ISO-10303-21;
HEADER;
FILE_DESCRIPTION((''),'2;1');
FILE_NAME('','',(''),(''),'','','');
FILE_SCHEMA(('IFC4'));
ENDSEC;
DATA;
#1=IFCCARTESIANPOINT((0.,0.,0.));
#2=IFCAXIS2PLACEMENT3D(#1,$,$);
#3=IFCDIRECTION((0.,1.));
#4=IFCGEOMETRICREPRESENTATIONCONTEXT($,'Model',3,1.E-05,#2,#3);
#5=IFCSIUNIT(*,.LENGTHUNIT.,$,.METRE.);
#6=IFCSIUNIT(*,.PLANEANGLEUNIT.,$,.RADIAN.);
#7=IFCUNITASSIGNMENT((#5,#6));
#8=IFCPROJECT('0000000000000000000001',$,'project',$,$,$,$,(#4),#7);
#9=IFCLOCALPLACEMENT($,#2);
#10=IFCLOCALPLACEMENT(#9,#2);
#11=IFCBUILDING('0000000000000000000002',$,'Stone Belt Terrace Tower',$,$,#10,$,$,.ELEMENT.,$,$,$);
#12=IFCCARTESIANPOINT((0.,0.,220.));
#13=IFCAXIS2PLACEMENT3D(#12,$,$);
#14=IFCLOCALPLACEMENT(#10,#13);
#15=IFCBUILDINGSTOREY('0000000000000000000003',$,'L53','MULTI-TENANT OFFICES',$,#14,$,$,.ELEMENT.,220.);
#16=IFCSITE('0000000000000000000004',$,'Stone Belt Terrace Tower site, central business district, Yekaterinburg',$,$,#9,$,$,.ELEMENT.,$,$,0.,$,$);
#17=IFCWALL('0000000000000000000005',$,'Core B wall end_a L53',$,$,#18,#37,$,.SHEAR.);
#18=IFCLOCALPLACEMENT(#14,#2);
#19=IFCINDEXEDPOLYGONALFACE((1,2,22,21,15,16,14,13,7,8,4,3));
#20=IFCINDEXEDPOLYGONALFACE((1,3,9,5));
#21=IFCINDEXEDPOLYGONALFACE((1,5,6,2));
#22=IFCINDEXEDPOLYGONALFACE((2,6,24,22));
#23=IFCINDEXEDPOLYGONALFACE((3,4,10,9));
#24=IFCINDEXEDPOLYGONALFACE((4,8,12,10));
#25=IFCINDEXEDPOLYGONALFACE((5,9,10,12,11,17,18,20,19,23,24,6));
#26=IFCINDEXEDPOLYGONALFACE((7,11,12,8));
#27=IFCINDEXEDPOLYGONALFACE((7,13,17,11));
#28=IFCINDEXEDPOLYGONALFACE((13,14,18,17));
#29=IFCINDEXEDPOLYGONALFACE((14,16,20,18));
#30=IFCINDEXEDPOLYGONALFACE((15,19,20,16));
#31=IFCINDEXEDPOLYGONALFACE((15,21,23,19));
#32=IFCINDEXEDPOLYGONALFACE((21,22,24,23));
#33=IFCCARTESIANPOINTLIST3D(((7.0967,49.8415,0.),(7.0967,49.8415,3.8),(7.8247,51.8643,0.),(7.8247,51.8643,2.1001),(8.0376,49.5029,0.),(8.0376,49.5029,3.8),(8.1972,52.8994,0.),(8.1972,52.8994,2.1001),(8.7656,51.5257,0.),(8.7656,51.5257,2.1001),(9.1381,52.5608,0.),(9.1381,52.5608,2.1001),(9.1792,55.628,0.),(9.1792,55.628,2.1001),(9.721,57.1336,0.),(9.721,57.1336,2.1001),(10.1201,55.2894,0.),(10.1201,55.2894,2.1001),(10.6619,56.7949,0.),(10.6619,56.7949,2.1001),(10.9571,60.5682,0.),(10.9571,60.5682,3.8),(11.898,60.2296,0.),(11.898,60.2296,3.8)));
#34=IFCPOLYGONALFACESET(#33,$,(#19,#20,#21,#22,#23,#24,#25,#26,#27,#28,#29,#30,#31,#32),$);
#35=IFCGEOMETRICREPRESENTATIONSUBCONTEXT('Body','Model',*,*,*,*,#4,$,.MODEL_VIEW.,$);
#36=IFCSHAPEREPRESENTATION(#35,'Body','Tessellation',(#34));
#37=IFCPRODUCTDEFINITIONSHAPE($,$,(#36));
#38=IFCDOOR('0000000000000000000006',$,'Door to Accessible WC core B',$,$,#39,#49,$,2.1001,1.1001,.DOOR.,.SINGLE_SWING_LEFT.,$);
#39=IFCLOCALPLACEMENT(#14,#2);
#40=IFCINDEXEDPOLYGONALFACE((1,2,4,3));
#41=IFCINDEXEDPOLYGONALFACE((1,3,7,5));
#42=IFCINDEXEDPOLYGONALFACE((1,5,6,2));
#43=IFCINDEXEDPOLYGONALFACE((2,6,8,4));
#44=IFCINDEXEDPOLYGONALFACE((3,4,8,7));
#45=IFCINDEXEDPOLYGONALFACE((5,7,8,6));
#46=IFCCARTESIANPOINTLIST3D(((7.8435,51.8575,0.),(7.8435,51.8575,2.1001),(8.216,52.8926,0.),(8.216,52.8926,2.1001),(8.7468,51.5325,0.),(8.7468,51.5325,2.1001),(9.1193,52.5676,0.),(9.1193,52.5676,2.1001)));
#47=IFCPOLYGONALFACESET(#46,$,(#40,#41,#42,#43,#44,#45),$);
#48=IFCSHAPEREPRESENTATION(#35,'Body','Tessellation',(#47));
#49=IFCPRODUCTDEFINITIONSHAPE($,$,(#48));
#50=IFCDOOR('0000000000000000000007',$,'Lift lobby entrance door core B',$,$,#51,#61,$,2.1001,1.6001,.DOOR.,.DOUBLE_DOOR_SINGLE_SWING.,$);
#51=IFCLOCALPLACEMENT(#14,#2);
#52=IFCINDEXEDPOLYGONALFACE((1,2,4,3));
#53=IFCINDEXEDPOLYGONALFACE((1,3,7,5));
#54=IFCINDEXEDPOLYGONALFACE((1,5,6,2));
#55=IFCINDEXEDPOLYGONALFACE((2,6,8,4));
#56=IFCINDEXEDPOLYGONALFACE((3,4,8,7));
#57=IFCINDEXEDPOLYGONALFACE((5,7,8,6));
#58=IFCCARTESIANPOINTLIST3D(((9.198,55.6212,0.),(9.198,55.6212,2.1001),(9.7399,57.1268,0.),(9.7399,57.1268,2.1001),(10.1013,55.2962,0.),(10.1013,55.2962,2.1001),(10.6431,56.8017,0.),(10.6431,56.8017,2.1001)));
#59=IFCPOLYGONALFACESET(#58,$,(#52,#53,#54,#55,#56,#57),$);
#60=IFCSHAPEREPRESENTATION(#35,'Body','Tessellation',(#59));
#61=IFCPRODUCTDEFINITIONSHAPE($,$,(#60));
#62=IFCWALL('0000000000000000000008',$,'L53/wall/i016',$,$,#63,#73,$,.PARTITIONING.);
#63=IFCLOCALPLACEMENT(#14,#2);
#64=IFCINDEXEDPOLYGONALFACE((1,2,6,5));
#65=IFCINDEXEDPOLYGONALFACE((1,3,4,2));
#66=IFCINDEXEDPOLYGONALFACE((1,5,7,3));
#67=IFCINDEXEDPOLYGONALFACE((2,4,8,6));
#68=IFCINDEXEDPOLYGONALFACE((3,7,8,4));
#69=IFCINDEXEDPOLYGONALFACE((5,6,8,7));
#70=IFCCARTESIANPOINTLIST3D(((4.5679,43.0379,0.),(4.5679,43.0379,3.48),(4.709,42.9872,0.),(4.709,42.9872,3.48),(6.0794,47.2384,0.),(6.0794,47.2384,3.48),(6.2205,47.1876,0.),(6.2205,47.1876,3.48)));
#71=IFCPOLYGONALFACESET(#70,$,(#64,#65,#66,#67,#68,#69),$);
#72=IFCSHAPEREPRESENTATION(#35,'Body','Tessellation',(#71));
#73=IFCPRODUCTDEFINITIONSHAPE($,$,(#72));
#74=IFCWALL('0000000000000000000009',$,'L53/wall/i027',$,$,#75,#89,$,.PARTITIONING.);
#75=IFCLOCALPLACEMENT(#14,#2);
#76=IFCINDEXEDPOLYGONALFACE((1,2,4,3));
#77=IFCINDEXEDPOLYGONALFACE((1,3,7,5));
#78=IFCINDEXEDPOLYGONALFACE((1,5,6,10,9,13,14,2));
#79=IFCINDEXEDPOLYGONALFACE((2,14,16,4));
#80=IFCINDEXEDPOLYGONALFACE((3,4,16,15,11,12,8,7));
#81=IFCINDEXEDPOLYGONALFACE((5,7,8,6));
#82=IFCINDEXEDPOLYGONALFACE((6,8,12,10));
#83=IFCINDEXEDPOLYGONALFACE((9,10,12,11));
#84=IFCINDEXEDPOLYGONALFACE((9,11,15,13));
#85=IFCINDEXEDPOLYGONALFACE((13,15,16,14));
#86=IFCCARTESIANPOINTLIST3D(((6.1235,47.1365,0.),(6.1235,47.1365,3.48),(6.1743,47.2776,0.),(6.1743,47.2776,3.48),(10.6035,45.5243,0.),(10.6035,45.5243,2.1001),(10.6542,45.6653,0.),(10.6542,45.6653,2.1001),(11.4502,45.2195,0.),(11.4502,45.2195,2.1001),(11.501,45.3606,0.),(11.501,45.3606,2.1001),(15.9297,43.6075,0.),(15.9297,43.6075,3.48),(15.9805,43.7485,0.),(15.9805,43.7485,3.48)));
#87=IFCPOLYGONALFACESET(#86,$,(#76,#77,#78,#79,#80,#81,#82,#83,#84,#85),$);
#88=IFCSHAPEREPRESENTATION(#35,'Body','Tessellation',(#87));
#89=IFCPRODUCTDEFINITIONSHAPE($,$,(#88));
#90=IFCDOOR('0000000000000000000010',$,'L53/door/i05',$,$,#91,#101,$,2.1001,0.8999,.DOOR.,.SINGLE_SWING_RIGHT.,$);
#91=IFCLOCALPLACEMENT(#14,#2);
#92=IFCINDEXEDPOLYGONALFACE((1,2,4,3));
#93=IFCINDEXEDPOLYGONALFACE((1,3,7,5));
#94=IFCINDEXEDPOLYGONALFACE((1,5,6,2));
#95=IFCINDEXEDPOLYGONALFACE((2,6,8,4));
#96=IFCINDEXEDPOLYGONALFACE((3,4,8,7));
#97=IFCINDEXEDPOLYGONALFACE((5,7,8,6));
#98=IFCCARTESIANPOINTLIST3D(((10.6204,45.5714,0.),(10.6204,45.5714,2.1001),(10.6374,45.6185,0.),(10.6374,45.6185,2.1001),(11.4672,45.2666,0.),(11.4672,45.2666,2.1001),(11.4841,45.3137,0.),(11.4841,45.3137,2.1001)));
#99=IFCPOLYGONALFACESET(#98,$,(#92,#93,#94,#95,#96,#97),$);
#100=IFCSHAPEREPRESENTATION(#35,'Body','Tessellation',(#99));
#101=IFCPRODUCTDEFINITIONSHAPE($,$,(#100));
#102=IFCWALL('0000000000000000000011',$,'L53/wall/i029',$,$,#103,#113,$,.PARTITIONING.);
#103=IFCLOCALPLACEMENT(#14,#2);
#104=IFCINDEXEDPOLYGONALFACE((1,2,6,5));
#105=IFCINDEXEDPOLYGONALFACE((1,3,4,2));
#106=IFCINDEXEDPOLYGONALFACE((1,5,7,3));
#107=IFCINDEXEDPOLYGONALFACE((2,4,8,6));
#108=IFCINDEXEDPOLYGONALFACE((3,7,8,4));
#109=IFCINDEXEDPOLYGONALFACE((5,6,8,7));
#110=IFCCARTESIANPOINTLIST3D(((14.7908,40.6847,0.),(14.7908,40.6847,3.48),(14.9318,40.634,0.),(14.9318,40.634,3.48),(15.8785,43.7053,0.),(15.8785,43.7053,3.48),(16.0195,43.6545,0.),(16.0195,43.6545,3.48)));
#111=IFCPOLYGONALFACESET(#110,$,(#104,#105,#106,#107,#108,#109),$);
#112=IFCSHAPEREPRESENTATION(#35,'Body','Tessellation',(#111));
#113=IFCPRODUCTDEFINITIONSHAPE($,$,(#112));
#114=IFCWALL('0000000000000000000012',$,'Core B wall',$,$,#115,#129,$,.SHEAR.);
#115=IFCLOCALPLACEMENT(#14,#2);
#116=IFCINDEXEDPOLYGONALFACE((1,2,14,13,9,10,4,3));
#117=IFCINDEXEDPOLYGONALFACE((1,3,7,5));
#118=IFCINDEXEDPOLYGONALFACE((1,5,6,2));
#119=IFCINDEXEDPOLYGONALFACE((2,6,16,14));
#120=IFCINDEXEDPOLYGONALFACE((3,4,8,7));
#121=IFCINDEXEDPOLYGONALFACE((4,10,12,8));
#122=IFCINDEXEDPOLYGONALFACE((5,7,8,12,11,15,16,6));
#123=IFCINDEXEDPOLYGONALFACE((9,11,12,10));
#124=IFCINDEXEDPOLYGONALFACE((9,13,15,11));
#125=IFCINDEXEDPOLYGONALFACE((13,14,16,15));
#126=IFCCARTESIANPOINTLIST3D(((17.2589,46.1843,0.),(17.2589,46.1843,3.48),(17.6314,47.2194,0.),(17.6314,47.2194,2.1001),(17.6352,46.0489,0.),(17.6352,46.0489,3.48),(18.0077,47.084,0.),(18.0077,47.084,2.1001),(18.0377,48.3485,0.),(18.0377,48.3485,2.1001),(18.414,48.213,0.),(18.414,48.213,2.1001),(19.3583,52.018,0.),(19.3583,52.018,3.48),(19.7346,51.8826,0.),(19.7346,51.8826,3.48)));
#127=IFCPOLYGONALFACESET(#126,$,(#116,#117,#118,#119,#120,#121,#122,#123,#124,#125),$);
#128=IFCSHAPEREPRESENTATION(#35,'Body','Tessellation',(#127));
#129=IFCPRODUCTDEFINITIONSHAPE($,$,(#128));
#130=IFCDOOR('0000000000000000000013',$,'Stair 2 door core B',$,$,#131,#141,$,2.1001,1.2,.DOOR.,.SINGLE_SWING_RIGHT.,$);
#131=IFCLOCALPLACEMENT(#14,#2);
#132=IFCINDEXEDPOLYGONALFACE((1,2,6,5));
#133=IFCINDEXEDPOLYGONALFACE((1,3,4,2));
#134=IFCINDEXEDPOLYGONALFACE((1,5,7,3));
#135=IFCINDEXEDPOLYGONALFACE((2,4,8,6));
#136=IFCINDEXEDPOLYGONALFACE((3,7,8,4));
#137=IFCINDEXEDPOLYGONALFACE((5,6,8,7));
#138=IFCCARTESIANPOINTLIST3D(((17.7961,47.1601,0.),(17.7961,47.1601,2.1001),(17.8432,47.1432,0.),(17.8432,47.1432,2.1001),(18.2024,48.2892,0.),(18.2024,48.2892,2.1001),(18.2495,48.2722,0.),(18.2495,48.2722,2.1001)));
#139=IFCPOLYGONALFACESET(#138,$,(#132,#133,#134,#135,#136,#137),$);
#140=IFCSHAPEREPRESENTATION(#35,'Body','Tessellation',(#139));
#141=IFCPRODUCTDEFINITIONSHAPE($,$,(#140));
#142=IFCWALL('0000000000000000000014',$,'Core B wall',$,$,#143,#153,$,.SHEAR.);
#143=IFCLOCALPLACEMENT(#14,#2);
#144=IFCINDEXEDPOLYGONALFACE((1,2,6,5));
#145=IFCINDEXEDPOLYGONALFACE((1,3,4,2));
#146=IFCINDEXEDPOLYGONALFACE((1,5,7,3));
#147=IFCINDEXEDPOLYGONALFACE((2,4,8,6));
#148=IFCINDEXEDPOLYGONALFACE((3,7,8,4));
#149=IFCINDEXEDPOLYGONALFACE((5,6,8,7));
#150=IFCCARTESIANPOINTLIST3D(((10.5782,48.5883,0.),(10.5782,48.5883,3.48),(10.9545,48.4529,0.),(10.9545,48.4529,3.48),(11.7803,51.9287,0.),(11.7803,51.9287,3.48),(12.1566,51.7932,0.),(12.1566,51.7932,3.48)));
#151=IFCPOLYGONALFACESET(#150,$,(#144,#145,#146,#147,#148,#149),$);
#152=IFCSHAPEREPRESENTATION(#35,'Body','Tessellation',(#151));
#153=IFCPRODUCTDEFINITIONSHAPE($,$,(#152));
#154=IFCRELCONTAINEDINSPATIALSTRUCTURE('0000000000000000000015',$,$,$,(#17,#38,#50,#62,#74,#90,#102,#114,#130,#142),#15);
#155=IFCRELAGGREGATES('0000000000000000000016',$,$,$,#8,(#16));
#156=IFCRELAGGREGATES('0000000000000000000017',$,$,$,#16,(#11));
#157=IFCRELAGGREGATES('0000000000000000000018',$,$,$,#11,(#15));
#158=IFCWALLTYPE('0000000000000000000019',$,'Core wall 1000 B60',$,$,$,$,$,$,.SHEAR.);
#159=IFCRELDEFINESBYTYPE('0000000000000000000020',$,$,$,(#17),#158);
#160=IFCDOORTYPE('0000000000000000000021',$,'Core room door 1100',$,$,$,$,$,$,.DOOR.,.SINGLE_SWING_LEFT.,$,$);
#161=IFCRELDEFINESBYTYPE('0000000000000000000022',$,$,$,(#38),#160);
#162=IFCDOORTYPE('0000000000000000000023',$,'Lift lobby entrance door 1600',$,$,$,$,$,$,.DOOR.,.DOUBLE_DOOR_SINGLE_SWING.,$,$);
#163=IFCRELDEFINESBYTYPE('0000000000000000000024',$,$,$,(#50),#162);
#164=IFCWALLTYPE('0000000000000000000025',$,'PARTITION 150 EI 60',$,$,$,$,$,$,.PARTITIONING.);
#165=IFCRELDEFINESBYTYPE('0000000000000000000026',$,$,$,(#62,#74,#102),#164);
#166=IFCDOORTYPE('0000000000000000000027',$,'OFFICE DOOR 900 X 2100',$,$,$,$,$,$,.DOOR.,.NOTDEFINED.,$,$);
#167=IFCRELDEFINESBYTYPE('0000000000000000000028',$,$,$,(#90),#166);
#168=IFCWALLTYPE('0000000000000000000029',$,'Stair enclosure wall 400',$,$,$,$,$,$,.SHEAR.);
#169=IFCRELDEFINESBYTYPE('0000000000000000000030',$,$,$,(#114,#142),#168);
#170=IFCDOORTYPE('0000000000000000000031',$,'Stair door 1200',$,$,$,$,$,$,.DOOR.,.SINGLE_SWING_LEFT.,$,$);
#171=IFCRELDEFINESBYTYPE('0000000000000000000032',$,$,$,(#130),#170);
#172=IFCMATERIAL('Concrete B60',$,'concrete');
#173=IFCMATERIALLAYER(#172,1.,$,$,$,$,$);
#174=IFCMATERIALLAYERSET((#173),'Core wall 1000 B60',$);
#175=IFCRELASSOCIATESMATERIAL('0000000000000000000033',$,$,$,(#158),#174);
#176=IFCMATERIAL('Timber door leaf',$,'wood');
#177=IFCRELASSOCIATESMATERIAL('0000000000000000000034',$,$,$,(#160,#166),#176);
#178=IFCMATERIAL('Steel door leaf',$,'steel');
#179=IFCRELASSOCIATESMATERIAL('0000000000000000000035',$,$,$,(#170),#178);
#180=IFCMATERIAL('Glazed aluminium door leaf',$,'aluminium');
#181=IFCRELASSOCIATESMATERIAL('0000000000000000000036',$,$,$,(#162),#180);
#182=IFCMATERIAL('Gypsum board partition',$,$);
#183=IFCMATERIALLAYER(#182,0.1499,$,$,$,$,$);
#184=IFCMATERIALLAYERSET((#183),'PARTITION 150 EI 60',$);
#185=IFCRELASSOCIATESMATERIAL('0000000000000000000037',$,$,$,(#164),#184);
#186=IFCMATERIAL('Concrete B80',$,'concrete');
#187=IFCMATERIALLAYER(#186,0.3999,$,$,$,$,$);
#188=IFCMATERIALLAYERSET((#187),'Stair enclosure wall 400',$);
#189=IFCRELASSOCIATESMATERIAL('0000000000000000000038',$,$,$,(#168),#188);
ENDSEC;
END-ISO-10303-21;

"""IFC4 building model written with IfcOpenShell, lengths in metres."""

from ifc_helpers import new_model, si_unit, direction, frame, frame_2d, origin, place, context, subcontext, project, spatial, rectangle, extrude, material, layer, layer_set, type_object, element, fill, save


model = new_model("IFC4")

# Units and contexts
model_context = context("Model", 3, precision=1e-05, world=origin(), true_north=direction((0.0, 1.0)))
body_context = subcontext(model_context, "Body", "Model", "MODEL_VIEW")
ifc_project = project(units=[si_unit("LENGTHUNIT", "METRE"), si_unit("PLANEANGLEUNIT", "RADIAN")], contexts=[model_context])

# Site, building, storey
site_placement = place(None, origin())
site = spatial("IfcSite", under=ifc_project, at=site_placement, Name="Stone Belt Terrace Tower site, central business district, Yekaterinburg", CompositionType="ELEMENT", RefElevation=0.0)
building_placement = place(site_placement, origin())
building = spatial("IfcBuilding", under=site, at=building_placement, Name="Stone Belt Terrace Tower", CompositionType="ELEMENT")
storey_placement = place(building_placement, frame((0.0, 0.0, 220.0)))
storey = spatial("IfcBuildingStorey", under=building, at=storey_placement, Name="L53", Description="MULTI-TENANT OFFICES", CompositionType="ELEMENT", Elevation=220.0)

# Shared definitions
ifc_material_1 = material(Name="Concrete B60", Category="concrete")

# Wall, openings, doors
ifc_layer_1 = layer(ifc_material_1, 1.0)
ifc_layer_set_1 = layer_set([ifc_layer_1], Name="Core wall 1000 B60")
wall_type_1 = type_object("IfcWallType", Name="Core wall 1000 B60", PredefinedType="SHEAR", material=ifc_layer_set_1)
ifc_material_2 = material(Name="Timber door leaf", Category="wood")
door_type_1 = type_object("IfcDoorType", Name="Core room door 1100", OperationType="SINGLE_SWING_LEFT", PredefinedType="DOOR", material=ifc_material_2)
ifc_material_3 = material(Name="Steel door leaf", Category="steel")
door_type_2 = type_object("IfcDoorType", Name="Stair door 1200", OperationType="SINGLE_SWING_LEFT", PredefinedType="DOOR", material=ifc_material_3)
wall_1_placement = place(storey_placement, frame((7.5671, 49.6721, 0.0), z_axis=(0.0, 0.0, 1.0), x_axis=(0.338625, 0.940921, 0.0)))
wall_1 = element("IfcWall", 1, at=wall_1_placement, inside=storey, type_object=wall_type_1, Name="Core B wall end_a L53", PredefinedType="SHEAR", context=body_context, shape_type="SweptSolid", body=[
    extrude(rectangle(XDim=11.4001, YDim=1.0, at=frame_2d((5.7002, 0.0))), origin(), (0.0, 0.0, 1.0), 3.8),
])
opening_1_placement = place(wall_1_placement, frame((6.1499, 0.0, 0.0)))
opening_1 = element("IfcOpeningElement", 2, at=opening_1_placement, cuts=wall_1, PredefinedType="OPENING", context=body_context, shape_type="SweptSolid", body=[
    extrude(rectangle(XDim=1.6001, YDim=2.1001, at=frame_2d((0.8, 1.05))), frame((0.0, 0.51, 0.0), z_axis=(0.0, -1.0, 0.0), x_axis=(1.0, 0.0, 0.0)), (0.0, 0.0, 1.0), 1.02),
])
opening_2_placement = place(wall_1_placement, frame((2.1499, 0.0, 0.0)))
opening_2 = element("IfcOpeningElement", 3, at=opening_2_placement, cuts=wall_1, PredefinedType="OPENING", context=body_context, shape_type="SweptSolid", body=[
    extrude(rectangle(XDim=1.1001, YDim=2.1001, at=frame_2d((0.55, 1.05))), frame((0.0, 0.51, 0.0), z_axis=(0.0, -1.0, 0.0), x_axis=(1.0, 0.0, 0.0)), (0.0, 0.0, 1.0), 1.02),
])
door_1_placement = place(opening_2_placement, origin())
door_1 = element("IfcDoor", 4, at=door_1_placement, inside=storey, type_object=door_type_1, Name="Door to Accessible WC core B", OperationType="SINGLE_SWING_LEFT", OverallHeight=2.1001, OverallWidth=1.1001, PredefinedType="DOOR", context=body_context, shape_type="SweptSolid", body=[
    extrude(rectangle(XDim=1.1001, YDim=2.1001, at=frame_2d((0.55, 1.05))), frame((0.0, 0.48, 0.0), z_axis=(0.0, -1.0, 0.0), x_axis=(1.0, 0.0, 0.0)), (0.0, 0.0, 1.0), 0.96),
])
fill(opening_2, door_1)
ifc_material_4 = material(Name="Glazed aluminium door leaf", Category="aluminium")
door_type_3 = type_object("IfcDoorType", Name="Lift lobby entrance door 1600", OperationType="DOUBLE_DOOR_SINGLE_SWING", PredefinedType="DOOR", material=ifc_material_4)
door_2_placement = place(opening_1_placement, origin())
door_2 = element("IfcDoor", 5, at=door_2_placement, inside=storey, type_object=door_type_3, Name="Lift lobby entrance door core B", OperationType="DOUBLE_DOOR_SINGLE_SWING", OverallHeight=2.1001, OverallWidth=1.6001, PredefinedType="DOOR", context=body_context, shape_type="SweptSolid", body=[
    extrude(rectangle(XDim=1.6001, YDim=2.1001, at=frame_2d((0.8, 1.05))), frame((0.0, 0.48, 0.0), z_axis=(0.0, -1.0, 0.0), x_axis=(1.0, 0.0, 0.0)), (0.0, 0.0, 1.0), 0.96),
])
fill(opening_1, door_2)

# Wall
ifc_material_5 = material(Name="Gypsum board partition")
ifc_layer_2 = layer(ifc_material_5, 0.1499)
ifc_layer_set_2 = layer_set([ifc_layer_2], Name="PARTITION 150 EI 60")
wall_type_2 = type_object("IfcWallType", Name="PARTITION 150 EI 60", PredefinedType="PARTITIONING", material=ifc_layer_set_2)
wall_2_placement = place(storey_placement, frame((6.1499, 47.2129, 0.0), z_axis=(0.0, 0.0, 1.0), x_axis=(-0.338584, -0.940936, 0.0)))
element("IfcWall", 6, at=wall_2_placement, inside=storey, type_object=wall_type_2, Name="L53/wall/i016", PredefinedType="PARTITIONING", context=body_context, shape_type="SweptSolid", body=[
    extrude(rectangle(XDim=4.4641, YDim=0.1499, at=frame_2d((2.2319, 0.0))), origin(), (0.0, 0.0, 1.0), 3.48),
])

# Wall, opening, door
wall_3_placement = place(storey_placement, frame((15.9551, 43.678, 0.0), z_axis=(0.0, 0.0, 1.0), x_axis=(-0.940923, 0.338621, 0.0)))
wall_3 = element("IfcWall", 7, at=wall_3_placement, inside=storey, type_object=wall_type_2, Name="L53/wall/i027", PredefinedType="PARTITIONING", context=body_context, shape_type="SweptSolid", body=[
    extrude(rectangle(XDim=10.4219, YDim=0.1499, at=frame_2d((5.2109, 0.0))), origin(), (0.0, 0.0, 1.0), 3.48),
])
opening_3_placement = place(wall_3_placement, frame((4.7607, 0.0, 0.0)))
opening_3 = element("IfcOpeningElement", 8, at=opening_3_placement, cuts=wall_3, PredefinedType="OPENING", context=body_context, shape_type="SweptSolid", body=[
    extrude(rectangle(XDim=0.8999, YDim=2.1001, at=frame_2d((0.45, 1.05))), frame((0.0, 0.085, 0.0), z_axis=(0.0, -1.0, 0.0), x_axis=(1.0, 0.0, 0.0)), (0.0, 0.0, 1.0), 0.1699),
])
door_type_4 = type_object("IfcDoorType", Name="OFFICE DOOR 900 X 2100", OperationType="NOTDEFINED", PredefinedType="DOOR", material=ifc_material_2)
door_3_placement = place(opening_3_placement, origin())
door_3 = element("IfcDoor", 9, at=door_3_placement, inside=storey, type_object=door_type_4, Name="L53/door/i05", OperationType="SINGLE_SWING_RIGHT", OverallHeight=2.1001, OverallWidth=0.8999, PredefinedType="DOOR", context=body_context, shape_type="SweptSolid", body=[
    extrude(rectangle(XDim=0.8999, YDim=2.1001, at=frame_2d((0.45, 1.05))), frame((0.0, 0.0249, 0.0), z_axis=(0.0, -1.0, 0.0), x_axis=(1.0, 0.0, 0.0)), (0.0, 0.0, 1.0), 0.05),
])
fill(opening_3, door_3)

# Wall
wall_4_placement = place(storey_placement, frame((15.949, 43.6799, 0.0), z_axis=(0.0, 0.0, 1.0), x_axis=(-0.338792, -0.940861, 0.0)))
element("IfcWall", 10, at=wall_4_placement, inside=storey, type_object=wall_type_2, Name="L53/wall/i029", PredefinedType="PARTITIONING", context=body_context, shape_type="SweptSolid", body=[
    extrude(rectangle(XDim=3.2104, YDim=0.1499, at=frame_2d((1.6052, 0.0))), origin(), (0.0, 0.0, 1.0), 3.48),
])

# Wall, opening, door
ifc_material_6 = material(Name="Concrete B80", Category="concrete")
ifc_layer_3 = layer(ifc_material_6, 0.3999)
ifc_layer_set_3 = layer_set([ifc_layer_3], Name="Stair enclosure wall 400")
wall_type_3 = type_object("IfcWallType", Name="Stair enclosure wall 400", PredefinedType="SHEAR", material=ifc_layer_set_3)
wall_5_placement = place(storey_placement, frame((17.447, 46.1165, 0.0), z_axis=(0.0, 0.0, 1.0), x_axis=(0.338608, 0.940928, 0.0)))
wall_5 = element("IfcWall", 11, at=wall_5_placement, inside=storey, type_object=wall_type_3, Name="Core B wall", PredefinedType="SHEAR", context=body_context, shape_type="SweptSolid", body=[
    extrude(rectangle(XDim=6.2, YDim=0.3999, at=frame_2d((3.1001, 0.0))), origin(), (0.0, 0.0, 1.0), 3.48),
])
opening_4_placement = place(wall_5_placement, frame((1.1001, 0.0, 0.0)))
opening_4 = element("IfcOpeningElement", 12, at=opening_4_placement, cuts=wall_5, PredefinedType="OPENING", context=body_context, shape_type="SweptSolid", body=[
    extrude(rectangle(XDim=1.2, YDim=2.1001, at=frame_2d((0.6001, 1.05))), frame((0.0, 0.21, 0.0), z_axis=(0.0, -1.0, 0.0), x_axis=(1.0, 0.0, 0.0)), (0.0, 0.0, 1.0), 0.4199),
])
door_4_placement = place(opening_4_placement, origin())
door_4 = element("IfcDoor", 13, at=door_4_placement, inside=storey, type_object=door_type_2, Name="Stair 2 door core B", OperationType="SINGLE_SWING_RIGHT", OverallHeight=2.1001, OverallWidth=1.2, PredefinedType="DOOR", context=body_context, shape_type="SweptSolid", body=[
    extrude(rectangle(XDim=1.2, YDim=2.1001, at=frame_2d((0.6001, 1.05))), frame((0.0, 0.0249, 0.0), z_axis=(0.0, -1.0, 0.0), x_axis=(1.0, 0.0, 0.0)), (0.0, 0.0, 1.0), 0.05),
])
fill(opening_4, door_4)

# Wall
wall_6_placement = place(storey_placement, frame((10.7664, 48.5208, 0.0), z_axis=(0.0, 0.0, 1.0), x_axis=(0.338627, 0.940921, 0.0)))
element("IfcWall", 14, at=wall_6_placement, inside=storey, type_object=wall_type_3, Name="Core B wall", PredefinedType="SHEAR", context=body_context, shape_type="SweptSolid", body=[
    extrude(rectangle(XDim=3.55, YDim=0.3999, at=frame_2d((1.7749, 0.0))), origin(), (0.0, 0.0, 1.0), 3.48),
])

save(model, "model.ifc")
